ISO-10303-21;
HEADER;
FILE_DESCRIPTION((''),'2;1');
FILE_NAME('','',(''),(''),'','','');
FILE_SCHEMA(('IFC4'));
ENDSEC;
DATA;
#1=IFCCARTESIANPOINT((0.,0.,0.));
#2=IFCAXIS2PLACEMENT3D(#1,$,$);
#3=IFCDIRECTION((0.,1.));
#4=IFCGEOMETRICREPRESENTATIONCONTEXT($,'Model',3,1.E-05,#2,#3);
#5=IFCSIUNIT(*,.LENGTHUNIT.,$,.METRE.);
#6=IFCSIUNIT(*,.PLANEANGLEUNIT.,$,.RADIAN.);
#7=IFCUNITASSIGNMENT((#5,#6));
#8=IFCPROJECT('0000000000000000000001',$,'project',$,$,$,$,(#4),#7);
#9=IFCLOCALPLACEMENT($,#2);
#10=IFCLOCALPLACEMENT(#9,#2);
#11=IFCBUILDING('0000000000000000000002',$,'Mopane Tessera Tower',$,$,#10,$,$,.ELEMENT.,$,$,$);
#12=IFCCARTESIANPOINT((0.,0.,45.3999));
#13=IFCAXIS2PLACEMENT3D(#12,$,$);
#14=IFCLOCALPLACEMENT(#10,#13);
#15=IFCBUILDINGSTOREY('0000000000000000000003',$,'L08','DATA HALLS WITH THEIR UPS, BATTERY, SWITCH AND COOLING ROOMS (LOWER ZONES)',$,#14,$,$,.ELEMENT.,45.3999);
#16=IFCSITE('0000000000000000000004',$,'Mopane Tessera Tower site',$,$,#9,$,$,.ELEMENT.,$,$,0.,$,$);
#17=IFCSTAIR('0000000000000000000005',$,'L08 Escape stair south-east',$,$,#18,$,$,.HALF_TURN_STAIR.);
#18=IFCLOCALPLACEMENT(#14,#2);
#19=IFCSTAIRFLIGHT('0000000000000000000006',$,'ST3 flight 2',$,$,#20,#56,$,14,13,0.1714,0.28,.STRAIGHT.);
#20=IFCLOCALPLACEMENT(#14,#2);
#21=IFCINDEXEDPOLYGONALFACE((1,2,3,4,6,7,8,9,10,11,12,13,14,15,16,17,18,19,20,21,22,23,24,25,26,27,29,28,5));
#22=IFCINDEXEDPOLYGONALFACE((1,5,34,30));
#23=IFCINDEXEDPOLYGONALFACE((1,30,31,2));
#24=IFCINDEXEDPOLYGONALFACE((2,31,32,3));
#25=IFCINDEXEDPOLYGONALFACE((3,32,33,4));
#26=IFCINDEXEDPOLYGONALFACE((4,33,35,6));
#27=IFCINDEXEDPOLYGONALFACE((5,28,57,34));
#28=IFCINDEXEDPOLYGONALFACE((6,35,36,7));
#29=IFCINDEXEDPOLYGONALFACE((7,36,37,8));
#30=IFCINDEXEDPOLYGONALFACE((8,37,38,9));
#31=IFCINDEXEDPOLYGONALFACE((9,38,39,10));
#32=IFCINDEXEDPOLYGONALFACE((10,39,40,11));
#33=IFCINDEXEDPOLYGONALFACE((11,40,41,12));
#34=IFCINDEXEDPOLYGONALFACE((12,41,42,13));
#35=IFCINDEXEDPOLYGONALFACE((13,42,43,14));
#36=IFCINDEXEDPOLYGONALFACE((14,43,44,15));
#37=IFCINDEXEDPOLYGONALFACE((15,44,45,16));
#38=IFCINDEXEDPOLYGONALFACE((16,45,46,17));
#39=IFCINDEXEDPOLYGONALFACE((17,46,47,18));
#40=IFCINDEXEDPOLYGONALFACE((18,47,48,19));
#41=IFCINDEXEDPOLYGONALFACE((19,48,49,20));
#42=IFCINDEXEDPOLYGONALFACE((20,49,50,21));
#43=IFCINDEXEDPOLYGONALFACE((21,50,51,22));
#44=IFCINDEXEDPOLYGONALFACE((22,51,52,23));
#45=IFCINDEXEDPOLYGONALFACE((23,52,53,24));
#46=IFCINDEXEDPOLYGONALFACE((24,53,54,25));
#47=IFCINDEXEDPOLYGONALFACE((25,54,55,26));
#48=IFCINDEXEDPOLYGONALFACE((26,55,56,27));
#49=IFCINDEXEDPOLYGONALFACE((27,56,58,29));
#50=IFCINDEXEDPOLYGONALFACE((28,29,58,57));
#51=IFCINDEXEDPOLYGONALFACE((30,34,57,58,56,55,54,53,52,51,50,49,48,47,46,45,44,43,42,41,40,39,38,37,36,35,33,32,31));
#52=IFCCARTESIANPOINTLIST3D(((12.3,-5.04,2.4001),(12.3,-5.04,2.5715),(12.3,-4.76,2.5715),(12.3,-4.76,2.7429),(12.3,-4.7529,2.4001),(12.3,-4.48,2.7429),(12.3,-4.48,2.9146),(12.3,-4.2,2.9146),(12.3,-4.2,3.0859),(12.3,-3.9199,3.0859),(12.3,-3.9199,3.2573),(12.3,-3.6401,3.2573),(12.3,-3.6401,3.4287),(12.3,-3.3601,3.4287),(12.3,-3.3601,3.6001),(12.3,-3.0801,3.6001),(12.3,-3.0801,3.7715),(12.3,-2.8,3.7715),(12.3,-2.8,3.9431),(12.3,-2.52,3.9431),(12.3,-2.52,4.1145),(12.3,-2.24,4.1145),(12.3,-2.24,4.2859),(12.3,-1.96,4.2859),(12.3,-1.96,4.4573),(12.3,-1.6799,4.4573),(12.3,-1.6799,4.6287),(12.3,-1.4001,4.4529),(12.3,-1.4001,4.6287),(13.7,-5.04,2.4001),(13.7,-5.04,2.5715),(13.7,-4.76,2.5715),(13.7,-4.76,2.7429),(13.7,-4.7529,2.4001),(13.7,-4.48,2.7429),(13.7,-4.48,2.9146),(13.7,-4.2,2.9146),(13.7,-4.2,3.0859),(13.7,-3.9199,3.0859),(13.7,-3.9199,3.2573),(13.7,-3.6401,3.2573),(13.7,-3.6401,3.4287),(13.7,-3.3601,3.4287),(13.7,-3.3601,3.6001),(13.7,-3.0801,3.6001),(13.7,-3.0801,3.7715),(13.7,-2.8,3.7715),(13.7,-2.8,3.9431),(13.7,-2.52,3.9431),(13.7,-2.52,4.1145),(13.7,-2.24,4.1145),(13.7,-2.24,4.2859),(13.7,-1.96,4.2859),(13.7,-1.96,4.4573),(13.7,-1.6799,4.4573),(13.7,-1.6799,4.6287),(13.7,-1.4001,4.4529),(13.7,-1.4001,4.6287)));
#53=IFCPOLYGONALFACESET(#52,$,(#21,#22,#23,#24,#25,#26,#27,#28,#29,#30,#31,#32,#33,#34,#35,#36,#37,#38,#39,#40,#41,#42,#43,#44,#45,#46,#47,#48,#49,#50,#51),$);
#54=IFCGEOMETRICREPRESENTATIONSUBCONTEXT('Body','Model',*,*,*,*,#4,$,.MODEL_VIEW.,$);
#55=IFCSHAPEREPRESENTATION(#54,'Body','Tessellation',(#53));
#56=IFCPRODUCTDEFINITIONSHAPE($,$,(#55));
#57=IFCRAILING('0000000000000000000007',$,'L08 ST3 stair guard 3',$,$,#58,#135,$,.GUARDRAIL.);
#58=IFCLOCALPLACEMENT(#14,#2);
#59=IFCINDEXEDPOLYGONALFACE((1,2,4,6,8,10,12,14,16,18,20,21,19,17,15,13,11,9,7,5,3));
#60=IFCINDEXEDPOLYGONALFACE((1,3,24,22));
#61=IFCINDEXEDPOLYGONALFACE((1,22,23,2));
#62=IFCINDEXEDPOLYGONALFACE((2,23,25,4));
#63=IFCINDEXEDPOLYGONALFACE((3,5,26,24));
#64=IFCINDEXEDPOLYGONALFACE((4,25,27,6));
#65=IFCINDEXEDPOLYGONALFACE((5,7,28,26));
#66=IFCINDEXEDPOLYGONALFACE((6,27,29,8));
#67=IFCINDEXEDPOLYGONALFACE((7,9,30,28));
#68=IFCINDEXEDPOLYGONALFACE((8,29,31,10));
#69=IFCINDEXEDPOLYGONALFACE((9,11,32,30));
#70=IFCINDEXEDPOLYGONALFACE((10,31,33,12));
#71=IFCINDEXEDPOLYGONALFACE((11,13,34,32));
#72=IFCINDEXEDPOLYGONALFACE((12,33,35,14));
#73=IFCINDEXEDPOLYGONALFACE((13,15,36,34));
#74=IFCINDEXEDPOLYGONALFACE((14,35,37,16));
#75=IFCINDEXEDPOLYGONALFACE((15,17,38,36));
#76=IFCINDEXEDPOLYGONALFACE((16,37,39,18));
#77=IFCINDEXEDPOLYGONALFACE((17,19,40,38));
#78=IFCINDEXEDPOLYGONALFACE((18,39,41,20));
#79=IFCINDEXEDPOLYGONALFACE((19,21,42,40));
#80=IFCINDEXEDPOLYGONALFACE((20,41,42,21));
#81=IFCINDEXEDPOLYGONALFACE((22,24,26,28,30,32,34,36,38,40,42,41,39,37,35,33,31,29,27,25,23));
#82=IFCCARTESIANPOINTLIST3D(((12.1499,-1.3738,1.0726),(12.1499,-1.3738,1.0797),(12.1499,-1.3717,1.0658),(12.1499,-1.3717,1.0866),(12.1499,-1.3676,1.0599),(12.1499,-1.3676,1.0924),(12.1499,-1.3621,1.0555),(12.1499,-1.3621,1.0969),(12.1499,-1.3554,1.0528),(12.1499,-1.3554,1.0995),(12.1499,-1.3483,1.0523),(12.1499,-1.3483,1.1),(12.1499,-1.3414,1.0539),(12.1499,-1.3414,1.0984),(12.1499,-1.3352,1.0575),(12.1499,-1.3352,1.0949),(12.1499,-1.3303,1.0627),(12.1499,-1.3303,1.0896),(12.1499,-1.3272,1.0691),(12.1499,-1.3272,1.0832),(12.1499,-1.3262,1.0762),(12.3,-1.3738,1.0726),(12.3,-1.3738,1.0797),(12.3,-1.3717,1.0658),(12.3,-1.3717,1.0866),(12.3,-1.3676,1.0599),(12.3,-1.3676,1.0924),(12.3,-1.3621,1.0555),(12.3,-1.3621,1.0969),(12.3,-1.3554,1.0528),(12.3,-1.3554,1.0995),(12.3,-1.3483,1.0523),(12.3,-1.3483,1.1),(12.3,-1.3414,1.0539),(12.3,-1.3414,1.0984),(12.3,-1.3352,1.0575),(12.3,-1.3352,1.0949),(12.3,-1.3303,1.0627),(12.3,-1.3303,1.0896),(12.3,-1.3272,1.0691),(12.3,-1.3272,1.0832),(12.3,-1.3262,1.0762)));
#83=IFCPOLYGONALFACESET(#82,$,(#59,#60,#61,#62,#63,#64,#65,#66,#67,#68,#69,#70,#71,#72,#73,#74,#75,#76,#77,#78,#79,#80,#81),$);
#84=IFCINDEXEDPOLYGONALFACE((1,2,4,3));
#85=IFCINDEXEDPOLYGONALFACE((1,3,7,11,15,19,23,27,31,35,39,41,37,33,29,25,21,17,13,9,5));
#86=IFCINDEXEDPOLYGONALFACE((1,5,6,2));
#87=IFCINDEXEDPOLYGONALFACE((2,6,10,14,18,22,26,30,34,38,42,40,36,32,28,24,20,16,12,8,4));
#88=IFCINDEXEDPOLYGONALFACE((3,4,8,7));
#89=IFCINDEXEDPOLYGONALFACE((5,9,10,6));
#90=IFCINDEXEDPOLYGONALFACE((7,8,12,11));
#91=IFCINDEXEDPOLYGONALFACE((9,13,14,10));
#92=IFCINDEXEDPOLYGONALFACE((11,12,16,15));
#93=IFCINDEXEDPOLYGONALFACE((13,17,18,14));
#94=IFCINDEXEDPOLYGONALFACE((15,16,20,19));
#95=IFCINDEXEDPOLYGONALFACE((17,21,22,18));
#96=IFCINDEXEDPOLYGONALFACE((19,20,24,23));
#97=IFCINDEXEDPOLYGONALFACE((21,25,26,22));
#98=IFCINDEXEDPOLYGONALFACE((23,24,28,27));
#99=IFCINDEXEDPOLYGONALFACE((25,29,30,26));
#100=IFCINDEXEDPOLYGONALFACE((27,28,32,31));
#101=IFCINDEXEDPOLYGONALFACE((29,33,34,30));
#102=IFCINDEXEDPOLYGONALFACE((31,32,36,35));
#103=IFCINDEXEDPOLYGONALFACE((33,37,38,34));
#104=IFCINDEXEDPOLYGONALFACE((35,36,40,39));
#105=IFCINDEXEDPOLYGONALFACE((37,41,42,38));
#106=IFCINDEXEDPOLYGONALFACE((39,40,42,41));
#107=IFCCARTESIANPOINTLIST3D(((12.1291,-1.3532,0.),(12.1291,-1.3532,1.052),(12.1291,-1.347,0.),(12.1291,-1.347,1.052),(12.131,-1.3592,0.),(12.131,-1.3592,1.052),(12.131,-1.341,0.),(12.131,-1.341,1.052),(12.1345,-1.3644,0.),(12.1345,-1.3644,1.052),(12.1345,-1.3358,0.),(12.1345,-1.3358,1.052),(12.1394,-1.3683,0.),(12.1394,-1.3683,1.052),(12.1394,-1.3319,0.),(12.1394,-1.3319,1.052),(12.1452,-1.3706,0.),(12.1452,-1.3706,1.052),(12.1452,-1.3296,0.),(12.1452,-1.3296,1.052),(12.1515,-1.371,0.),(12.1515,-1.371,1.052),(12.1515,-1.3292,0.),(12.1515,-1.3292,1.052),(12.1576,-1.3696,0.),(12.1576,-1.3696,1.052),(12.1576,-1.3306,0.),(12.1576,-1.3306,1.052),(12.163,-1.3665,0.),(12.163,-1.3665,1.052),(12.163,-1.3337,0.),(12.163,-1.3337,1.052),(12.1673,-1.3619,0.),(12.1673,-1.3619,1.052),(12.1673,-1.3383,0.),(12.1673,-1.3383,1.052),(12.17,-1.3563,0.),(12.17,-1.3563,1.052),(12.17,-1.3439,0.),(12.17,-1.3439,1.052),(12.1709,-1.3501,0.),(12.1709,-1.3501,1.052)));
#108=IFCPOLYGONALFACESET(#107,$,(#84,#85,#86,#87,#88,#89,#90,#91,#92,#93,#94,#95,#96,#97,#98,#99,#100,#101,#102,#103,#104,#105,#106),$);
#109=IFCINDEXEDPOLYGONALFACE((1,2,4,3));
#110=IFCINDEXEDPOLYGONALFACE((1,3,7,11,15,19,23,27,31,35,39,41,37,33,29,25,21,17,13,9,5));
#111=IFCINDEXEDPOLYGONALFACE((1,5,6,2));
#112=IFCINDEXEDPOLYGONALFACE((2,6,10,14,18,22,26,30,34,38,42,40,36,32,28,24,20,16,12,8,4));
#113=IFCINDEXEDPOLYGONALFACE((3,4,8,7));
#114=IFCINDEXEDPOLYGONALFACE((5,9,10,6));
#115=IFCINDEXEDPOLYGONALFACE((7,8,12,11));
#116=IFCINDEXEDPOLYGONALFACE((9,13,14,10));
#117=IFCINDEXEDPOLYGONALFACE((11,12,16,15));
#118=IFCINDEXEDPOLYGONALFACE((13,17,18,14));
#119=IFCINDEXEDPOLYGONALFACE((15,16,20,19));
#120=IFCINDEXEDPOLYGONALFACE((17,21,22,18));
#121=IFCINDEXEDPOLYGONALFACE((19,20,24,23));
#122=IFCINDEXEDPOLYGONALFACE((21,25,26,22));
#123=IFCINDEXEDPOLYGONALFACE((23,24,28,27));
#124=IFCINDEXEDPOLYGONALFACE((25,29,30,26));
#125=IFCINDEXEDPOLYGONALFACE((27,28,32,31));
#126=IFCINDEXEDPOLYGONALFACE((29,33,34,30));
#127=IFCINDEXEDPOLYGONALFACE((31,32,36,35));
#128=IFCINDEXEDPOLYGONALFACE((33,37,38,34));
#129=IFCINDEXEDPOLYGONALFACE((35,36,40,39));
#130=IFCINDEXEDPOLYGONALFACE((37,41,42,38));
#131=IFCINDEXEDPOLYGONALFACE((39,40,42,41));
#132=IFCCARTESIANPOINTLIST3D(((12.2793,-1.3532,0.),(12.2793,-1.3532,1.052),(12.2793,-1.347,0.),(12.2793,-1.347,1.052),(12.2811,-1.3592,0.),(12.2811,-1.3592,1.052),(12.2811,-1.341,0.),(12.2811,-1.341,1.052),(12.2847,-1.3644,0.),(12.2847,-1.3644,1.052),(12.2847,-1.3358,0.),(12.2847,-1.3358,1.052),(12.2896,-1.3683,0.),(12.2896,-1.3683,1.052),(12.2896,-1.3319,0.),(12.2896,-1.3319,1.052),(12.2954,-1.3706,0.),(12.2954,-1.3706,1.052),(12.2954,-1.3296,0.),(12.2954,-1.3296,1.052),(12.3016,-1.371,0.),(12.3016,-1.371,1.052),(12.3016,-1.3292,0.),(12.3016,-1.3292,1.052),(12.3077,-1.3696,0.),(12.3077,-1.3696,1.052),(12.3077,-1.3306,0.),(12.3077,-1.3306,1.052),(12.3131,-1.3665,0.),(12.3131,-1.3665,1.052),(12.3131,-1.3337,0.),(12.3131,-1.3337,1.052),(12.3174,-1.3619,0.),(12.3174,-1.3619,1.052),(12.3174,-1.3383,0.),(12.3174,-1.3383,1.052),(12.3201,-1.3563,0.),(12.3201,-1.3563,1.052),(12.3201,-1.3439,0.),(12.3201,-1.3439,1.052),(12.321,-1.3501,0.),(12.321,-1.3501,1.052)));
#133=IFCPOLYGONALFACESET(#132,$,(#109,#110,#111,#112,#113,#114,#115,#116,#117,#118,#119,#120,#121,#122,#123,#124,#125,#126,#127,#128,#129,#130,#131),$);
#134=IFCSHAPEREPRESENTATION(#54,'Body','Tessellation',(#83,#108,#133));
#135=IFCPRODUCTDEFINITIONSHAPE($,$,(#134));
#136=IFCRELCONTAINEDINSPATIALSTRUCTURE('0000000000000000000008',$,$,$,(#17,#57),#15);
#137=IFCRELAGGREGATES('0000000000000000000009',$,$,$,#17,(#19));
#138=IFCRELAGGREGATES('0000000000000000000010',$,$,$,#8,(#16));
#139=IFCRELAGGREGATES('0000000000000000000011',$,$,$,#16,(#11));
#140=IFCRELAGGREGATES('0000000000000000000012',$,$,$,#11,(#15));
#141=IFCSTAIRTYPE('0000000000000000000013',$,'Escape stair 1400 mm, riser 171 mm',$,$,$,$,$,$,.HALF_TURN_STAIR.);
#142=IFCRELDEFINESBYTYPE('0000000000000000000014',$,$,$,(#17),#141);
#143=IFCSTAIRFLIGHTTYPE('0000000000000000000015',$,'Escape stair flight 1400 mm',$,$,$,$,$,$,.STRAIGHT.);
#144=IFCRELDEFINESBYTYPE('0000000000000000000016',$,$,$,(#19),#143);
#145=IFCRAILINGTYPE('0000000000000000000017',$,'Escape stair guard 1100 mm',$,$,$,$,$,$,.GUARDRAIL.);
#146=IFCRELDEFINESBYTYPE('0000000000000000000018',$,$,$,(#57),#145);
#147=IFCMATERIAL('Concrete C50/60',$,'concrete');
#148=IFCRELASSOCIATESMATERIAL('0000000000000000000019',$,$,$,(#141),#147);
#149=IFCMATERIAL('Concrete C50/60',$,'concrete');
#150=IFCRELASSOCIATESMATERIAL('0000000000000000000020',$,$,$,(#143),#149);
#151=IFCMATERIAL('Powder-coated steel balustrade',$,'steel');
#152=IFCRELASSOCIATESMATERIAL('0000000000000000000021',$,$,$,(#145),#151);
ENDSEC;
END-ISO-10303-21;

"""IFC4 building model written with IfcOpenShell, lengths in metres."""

from ifc_helpers import new_model, si_unit, direction, frame, origin, origin_2d, place, context, subcontext, project, spatial, polyline, circle, outline, extrude, material, type_object, element, aggregate, save


model = new_model("IFC4")

# Units and contexts
model_context = context("Model", 3, precision=1e-05, world=origin(), true_north=direction((0.0, 1.0)))
body_context = subcontext(model_context, "Body", "Model", "MODEL_VIEW")
ifc_project = project(units=[si_unit("LENGTHUNIT", "METRE"), si_unit("PLANEANGLEUNIT", "RADIAN")], contexts=[model_context])

# Site, building, storey
site_placement = place(None, origin())
site = spatial("IfcSite", under=ifc_project, at=site_placement, Name="Mopane Tessera Tower site", CompositionType="ELEMENT", RefElevation=0.0)
building_placement = place(site_placement, origin())
building = spatial("IfcBuilding", under=site, at=building_placement, Name="Mopane Tessera Tower", CompositionType="ELEMENT")
storey_placement = place(building_placement, frame((0.0, 0.0, 45.3999)))
storey = spatial("IfcBuildingStorey", under=building, at=storey_placement, Name="L08", Description="DATA HALLS WITH THEIR UPS, BATTERY, SWITCH AND COOLING ROOMS (LOWER ZONES)", CompositionType="ELEMENT", Elevation=45.3999)

# Stair
ifc_material_1 = material(Name="Concrete C50/60", Category="concrete")
stair_type = type_object("IfcStairType", Name="Escape stair 1400 mm, riser 171 mm", PredefinedType="HALF_TURN_STAIR", material=ifc_material_1)
stair_1_placement = place(storey_placement, origin())
stair_1 = element("IfcStair", 1, at=stair_1_placement, inside=storey, type_object=stair_type, Name="L08 Escape stair south-east", PredefinedType="HALF_TURN_STAIR")

# Stair flight
ifc_material_2 = material(Name="Concrete C50/60", Category="concrete")
stair_flight_type = type_object("IfcStairFlightType", Name="Escape stair flight 1400 mm", PredefinedType="STRAIGHT", material=ifc_material_2)
stair_flight_1_placement = place(storey_placement, frame((13.0, -5.04, 2.4001), z_axis=(0.0, 0.0, 1.0), x_axis=(0.0, 1.0, 0.0)))
stair_flight_1 = element("IfcStairFlight", 2, at=stair_flight_1_placement, type_object=stair_flight_type, Name="ST3 flight 2", NumberOfRisers=14, NumberOfTreads=13, PredefinedType="STRAIGHT", RiserHeight=0.1714, TreadLength=0.28, context=body_context, shape_type="SweptSolid", body=[
    extrude(outline(polyline([(0.0, 0.0), (0.0, 0.1714), (0.28, 0.1714), (0.28, 0.3428), (0.5601, 0.3428), (0.5601, 0.5144), (0.8401, 0.5144), (0.8401, 0.6858), (1.1201, 0.6858), (1.1201, 0.8572), (1.3999, 0.8572), (1.3999, 1.0286), (1.6799, 1.0286), (1.6799, 1.2), (1.96, 1.2), (1.96, 1.3713), (2.24, 1.3713), (2.24, 1.543), (2.52, 1.543), (2.52, 1.7144), (2.8, 1.7144), (2.8, 1.8857), (3.0801, 1.8857), (3.0801, 2.0571), (3.3601, 2.0571), (3.3601, 2.2285), (3.6399, 2.2285), (3.6399, 2.3999), (3.6399, 2.0527), (0.2871, 0.0), (0.0, 0.0)])), frame((0.0, 0.7, 0.0), z_axis=(0.0, -1.0, 0.0), x_axis=(1.0, 0.0, 0.0)), (0.0, 0.0, 1.0), 1.3999),
])
aggregate(stair_1, [stair_flight_1])

# Railing
ifc_material_3 = material(Name="Powder-coated steel balustrade", Category="steel")
railing_type_1 = type_object("IfcRailingType", Name="Escape stair guard 1100 mm", PredefinedType="GUARDRAIL", material=ifc_material_3)
railing_1_placement = place(storey_placement, frame((12.1499, -1.3501, 0.0)))
element("IfcRailing", 3, at=railing_1_placement, inside=storey, type_object=railing_type_1, Name="L08 ST3 stair guard 3", PredefinedType="GUARDRAIL", context=body_context, shape_type="SweptSolid", body=[
    extrude(circle(Radius=0.0239, at=origin_2d()), frame((0.0, 0.0, 1.0762), z_axis=(1.0, 0.0, 0.0), x_axis=(0.0, 1.0, 0.0)), (0.0, 0.0, 1.0), 0.1501),
    extrude(circle(Radius=0.021, at=origin_2d()), origin(), (0.0, 0.0, 1.0), 1.052),
    extrude(circle(Radius=0.021, at=origin_2d()), frame((0.1501, 0.0, 0.0)), (0.0, 0.0, 1.0), 1.052),
])

save(model, "model.ifc")
